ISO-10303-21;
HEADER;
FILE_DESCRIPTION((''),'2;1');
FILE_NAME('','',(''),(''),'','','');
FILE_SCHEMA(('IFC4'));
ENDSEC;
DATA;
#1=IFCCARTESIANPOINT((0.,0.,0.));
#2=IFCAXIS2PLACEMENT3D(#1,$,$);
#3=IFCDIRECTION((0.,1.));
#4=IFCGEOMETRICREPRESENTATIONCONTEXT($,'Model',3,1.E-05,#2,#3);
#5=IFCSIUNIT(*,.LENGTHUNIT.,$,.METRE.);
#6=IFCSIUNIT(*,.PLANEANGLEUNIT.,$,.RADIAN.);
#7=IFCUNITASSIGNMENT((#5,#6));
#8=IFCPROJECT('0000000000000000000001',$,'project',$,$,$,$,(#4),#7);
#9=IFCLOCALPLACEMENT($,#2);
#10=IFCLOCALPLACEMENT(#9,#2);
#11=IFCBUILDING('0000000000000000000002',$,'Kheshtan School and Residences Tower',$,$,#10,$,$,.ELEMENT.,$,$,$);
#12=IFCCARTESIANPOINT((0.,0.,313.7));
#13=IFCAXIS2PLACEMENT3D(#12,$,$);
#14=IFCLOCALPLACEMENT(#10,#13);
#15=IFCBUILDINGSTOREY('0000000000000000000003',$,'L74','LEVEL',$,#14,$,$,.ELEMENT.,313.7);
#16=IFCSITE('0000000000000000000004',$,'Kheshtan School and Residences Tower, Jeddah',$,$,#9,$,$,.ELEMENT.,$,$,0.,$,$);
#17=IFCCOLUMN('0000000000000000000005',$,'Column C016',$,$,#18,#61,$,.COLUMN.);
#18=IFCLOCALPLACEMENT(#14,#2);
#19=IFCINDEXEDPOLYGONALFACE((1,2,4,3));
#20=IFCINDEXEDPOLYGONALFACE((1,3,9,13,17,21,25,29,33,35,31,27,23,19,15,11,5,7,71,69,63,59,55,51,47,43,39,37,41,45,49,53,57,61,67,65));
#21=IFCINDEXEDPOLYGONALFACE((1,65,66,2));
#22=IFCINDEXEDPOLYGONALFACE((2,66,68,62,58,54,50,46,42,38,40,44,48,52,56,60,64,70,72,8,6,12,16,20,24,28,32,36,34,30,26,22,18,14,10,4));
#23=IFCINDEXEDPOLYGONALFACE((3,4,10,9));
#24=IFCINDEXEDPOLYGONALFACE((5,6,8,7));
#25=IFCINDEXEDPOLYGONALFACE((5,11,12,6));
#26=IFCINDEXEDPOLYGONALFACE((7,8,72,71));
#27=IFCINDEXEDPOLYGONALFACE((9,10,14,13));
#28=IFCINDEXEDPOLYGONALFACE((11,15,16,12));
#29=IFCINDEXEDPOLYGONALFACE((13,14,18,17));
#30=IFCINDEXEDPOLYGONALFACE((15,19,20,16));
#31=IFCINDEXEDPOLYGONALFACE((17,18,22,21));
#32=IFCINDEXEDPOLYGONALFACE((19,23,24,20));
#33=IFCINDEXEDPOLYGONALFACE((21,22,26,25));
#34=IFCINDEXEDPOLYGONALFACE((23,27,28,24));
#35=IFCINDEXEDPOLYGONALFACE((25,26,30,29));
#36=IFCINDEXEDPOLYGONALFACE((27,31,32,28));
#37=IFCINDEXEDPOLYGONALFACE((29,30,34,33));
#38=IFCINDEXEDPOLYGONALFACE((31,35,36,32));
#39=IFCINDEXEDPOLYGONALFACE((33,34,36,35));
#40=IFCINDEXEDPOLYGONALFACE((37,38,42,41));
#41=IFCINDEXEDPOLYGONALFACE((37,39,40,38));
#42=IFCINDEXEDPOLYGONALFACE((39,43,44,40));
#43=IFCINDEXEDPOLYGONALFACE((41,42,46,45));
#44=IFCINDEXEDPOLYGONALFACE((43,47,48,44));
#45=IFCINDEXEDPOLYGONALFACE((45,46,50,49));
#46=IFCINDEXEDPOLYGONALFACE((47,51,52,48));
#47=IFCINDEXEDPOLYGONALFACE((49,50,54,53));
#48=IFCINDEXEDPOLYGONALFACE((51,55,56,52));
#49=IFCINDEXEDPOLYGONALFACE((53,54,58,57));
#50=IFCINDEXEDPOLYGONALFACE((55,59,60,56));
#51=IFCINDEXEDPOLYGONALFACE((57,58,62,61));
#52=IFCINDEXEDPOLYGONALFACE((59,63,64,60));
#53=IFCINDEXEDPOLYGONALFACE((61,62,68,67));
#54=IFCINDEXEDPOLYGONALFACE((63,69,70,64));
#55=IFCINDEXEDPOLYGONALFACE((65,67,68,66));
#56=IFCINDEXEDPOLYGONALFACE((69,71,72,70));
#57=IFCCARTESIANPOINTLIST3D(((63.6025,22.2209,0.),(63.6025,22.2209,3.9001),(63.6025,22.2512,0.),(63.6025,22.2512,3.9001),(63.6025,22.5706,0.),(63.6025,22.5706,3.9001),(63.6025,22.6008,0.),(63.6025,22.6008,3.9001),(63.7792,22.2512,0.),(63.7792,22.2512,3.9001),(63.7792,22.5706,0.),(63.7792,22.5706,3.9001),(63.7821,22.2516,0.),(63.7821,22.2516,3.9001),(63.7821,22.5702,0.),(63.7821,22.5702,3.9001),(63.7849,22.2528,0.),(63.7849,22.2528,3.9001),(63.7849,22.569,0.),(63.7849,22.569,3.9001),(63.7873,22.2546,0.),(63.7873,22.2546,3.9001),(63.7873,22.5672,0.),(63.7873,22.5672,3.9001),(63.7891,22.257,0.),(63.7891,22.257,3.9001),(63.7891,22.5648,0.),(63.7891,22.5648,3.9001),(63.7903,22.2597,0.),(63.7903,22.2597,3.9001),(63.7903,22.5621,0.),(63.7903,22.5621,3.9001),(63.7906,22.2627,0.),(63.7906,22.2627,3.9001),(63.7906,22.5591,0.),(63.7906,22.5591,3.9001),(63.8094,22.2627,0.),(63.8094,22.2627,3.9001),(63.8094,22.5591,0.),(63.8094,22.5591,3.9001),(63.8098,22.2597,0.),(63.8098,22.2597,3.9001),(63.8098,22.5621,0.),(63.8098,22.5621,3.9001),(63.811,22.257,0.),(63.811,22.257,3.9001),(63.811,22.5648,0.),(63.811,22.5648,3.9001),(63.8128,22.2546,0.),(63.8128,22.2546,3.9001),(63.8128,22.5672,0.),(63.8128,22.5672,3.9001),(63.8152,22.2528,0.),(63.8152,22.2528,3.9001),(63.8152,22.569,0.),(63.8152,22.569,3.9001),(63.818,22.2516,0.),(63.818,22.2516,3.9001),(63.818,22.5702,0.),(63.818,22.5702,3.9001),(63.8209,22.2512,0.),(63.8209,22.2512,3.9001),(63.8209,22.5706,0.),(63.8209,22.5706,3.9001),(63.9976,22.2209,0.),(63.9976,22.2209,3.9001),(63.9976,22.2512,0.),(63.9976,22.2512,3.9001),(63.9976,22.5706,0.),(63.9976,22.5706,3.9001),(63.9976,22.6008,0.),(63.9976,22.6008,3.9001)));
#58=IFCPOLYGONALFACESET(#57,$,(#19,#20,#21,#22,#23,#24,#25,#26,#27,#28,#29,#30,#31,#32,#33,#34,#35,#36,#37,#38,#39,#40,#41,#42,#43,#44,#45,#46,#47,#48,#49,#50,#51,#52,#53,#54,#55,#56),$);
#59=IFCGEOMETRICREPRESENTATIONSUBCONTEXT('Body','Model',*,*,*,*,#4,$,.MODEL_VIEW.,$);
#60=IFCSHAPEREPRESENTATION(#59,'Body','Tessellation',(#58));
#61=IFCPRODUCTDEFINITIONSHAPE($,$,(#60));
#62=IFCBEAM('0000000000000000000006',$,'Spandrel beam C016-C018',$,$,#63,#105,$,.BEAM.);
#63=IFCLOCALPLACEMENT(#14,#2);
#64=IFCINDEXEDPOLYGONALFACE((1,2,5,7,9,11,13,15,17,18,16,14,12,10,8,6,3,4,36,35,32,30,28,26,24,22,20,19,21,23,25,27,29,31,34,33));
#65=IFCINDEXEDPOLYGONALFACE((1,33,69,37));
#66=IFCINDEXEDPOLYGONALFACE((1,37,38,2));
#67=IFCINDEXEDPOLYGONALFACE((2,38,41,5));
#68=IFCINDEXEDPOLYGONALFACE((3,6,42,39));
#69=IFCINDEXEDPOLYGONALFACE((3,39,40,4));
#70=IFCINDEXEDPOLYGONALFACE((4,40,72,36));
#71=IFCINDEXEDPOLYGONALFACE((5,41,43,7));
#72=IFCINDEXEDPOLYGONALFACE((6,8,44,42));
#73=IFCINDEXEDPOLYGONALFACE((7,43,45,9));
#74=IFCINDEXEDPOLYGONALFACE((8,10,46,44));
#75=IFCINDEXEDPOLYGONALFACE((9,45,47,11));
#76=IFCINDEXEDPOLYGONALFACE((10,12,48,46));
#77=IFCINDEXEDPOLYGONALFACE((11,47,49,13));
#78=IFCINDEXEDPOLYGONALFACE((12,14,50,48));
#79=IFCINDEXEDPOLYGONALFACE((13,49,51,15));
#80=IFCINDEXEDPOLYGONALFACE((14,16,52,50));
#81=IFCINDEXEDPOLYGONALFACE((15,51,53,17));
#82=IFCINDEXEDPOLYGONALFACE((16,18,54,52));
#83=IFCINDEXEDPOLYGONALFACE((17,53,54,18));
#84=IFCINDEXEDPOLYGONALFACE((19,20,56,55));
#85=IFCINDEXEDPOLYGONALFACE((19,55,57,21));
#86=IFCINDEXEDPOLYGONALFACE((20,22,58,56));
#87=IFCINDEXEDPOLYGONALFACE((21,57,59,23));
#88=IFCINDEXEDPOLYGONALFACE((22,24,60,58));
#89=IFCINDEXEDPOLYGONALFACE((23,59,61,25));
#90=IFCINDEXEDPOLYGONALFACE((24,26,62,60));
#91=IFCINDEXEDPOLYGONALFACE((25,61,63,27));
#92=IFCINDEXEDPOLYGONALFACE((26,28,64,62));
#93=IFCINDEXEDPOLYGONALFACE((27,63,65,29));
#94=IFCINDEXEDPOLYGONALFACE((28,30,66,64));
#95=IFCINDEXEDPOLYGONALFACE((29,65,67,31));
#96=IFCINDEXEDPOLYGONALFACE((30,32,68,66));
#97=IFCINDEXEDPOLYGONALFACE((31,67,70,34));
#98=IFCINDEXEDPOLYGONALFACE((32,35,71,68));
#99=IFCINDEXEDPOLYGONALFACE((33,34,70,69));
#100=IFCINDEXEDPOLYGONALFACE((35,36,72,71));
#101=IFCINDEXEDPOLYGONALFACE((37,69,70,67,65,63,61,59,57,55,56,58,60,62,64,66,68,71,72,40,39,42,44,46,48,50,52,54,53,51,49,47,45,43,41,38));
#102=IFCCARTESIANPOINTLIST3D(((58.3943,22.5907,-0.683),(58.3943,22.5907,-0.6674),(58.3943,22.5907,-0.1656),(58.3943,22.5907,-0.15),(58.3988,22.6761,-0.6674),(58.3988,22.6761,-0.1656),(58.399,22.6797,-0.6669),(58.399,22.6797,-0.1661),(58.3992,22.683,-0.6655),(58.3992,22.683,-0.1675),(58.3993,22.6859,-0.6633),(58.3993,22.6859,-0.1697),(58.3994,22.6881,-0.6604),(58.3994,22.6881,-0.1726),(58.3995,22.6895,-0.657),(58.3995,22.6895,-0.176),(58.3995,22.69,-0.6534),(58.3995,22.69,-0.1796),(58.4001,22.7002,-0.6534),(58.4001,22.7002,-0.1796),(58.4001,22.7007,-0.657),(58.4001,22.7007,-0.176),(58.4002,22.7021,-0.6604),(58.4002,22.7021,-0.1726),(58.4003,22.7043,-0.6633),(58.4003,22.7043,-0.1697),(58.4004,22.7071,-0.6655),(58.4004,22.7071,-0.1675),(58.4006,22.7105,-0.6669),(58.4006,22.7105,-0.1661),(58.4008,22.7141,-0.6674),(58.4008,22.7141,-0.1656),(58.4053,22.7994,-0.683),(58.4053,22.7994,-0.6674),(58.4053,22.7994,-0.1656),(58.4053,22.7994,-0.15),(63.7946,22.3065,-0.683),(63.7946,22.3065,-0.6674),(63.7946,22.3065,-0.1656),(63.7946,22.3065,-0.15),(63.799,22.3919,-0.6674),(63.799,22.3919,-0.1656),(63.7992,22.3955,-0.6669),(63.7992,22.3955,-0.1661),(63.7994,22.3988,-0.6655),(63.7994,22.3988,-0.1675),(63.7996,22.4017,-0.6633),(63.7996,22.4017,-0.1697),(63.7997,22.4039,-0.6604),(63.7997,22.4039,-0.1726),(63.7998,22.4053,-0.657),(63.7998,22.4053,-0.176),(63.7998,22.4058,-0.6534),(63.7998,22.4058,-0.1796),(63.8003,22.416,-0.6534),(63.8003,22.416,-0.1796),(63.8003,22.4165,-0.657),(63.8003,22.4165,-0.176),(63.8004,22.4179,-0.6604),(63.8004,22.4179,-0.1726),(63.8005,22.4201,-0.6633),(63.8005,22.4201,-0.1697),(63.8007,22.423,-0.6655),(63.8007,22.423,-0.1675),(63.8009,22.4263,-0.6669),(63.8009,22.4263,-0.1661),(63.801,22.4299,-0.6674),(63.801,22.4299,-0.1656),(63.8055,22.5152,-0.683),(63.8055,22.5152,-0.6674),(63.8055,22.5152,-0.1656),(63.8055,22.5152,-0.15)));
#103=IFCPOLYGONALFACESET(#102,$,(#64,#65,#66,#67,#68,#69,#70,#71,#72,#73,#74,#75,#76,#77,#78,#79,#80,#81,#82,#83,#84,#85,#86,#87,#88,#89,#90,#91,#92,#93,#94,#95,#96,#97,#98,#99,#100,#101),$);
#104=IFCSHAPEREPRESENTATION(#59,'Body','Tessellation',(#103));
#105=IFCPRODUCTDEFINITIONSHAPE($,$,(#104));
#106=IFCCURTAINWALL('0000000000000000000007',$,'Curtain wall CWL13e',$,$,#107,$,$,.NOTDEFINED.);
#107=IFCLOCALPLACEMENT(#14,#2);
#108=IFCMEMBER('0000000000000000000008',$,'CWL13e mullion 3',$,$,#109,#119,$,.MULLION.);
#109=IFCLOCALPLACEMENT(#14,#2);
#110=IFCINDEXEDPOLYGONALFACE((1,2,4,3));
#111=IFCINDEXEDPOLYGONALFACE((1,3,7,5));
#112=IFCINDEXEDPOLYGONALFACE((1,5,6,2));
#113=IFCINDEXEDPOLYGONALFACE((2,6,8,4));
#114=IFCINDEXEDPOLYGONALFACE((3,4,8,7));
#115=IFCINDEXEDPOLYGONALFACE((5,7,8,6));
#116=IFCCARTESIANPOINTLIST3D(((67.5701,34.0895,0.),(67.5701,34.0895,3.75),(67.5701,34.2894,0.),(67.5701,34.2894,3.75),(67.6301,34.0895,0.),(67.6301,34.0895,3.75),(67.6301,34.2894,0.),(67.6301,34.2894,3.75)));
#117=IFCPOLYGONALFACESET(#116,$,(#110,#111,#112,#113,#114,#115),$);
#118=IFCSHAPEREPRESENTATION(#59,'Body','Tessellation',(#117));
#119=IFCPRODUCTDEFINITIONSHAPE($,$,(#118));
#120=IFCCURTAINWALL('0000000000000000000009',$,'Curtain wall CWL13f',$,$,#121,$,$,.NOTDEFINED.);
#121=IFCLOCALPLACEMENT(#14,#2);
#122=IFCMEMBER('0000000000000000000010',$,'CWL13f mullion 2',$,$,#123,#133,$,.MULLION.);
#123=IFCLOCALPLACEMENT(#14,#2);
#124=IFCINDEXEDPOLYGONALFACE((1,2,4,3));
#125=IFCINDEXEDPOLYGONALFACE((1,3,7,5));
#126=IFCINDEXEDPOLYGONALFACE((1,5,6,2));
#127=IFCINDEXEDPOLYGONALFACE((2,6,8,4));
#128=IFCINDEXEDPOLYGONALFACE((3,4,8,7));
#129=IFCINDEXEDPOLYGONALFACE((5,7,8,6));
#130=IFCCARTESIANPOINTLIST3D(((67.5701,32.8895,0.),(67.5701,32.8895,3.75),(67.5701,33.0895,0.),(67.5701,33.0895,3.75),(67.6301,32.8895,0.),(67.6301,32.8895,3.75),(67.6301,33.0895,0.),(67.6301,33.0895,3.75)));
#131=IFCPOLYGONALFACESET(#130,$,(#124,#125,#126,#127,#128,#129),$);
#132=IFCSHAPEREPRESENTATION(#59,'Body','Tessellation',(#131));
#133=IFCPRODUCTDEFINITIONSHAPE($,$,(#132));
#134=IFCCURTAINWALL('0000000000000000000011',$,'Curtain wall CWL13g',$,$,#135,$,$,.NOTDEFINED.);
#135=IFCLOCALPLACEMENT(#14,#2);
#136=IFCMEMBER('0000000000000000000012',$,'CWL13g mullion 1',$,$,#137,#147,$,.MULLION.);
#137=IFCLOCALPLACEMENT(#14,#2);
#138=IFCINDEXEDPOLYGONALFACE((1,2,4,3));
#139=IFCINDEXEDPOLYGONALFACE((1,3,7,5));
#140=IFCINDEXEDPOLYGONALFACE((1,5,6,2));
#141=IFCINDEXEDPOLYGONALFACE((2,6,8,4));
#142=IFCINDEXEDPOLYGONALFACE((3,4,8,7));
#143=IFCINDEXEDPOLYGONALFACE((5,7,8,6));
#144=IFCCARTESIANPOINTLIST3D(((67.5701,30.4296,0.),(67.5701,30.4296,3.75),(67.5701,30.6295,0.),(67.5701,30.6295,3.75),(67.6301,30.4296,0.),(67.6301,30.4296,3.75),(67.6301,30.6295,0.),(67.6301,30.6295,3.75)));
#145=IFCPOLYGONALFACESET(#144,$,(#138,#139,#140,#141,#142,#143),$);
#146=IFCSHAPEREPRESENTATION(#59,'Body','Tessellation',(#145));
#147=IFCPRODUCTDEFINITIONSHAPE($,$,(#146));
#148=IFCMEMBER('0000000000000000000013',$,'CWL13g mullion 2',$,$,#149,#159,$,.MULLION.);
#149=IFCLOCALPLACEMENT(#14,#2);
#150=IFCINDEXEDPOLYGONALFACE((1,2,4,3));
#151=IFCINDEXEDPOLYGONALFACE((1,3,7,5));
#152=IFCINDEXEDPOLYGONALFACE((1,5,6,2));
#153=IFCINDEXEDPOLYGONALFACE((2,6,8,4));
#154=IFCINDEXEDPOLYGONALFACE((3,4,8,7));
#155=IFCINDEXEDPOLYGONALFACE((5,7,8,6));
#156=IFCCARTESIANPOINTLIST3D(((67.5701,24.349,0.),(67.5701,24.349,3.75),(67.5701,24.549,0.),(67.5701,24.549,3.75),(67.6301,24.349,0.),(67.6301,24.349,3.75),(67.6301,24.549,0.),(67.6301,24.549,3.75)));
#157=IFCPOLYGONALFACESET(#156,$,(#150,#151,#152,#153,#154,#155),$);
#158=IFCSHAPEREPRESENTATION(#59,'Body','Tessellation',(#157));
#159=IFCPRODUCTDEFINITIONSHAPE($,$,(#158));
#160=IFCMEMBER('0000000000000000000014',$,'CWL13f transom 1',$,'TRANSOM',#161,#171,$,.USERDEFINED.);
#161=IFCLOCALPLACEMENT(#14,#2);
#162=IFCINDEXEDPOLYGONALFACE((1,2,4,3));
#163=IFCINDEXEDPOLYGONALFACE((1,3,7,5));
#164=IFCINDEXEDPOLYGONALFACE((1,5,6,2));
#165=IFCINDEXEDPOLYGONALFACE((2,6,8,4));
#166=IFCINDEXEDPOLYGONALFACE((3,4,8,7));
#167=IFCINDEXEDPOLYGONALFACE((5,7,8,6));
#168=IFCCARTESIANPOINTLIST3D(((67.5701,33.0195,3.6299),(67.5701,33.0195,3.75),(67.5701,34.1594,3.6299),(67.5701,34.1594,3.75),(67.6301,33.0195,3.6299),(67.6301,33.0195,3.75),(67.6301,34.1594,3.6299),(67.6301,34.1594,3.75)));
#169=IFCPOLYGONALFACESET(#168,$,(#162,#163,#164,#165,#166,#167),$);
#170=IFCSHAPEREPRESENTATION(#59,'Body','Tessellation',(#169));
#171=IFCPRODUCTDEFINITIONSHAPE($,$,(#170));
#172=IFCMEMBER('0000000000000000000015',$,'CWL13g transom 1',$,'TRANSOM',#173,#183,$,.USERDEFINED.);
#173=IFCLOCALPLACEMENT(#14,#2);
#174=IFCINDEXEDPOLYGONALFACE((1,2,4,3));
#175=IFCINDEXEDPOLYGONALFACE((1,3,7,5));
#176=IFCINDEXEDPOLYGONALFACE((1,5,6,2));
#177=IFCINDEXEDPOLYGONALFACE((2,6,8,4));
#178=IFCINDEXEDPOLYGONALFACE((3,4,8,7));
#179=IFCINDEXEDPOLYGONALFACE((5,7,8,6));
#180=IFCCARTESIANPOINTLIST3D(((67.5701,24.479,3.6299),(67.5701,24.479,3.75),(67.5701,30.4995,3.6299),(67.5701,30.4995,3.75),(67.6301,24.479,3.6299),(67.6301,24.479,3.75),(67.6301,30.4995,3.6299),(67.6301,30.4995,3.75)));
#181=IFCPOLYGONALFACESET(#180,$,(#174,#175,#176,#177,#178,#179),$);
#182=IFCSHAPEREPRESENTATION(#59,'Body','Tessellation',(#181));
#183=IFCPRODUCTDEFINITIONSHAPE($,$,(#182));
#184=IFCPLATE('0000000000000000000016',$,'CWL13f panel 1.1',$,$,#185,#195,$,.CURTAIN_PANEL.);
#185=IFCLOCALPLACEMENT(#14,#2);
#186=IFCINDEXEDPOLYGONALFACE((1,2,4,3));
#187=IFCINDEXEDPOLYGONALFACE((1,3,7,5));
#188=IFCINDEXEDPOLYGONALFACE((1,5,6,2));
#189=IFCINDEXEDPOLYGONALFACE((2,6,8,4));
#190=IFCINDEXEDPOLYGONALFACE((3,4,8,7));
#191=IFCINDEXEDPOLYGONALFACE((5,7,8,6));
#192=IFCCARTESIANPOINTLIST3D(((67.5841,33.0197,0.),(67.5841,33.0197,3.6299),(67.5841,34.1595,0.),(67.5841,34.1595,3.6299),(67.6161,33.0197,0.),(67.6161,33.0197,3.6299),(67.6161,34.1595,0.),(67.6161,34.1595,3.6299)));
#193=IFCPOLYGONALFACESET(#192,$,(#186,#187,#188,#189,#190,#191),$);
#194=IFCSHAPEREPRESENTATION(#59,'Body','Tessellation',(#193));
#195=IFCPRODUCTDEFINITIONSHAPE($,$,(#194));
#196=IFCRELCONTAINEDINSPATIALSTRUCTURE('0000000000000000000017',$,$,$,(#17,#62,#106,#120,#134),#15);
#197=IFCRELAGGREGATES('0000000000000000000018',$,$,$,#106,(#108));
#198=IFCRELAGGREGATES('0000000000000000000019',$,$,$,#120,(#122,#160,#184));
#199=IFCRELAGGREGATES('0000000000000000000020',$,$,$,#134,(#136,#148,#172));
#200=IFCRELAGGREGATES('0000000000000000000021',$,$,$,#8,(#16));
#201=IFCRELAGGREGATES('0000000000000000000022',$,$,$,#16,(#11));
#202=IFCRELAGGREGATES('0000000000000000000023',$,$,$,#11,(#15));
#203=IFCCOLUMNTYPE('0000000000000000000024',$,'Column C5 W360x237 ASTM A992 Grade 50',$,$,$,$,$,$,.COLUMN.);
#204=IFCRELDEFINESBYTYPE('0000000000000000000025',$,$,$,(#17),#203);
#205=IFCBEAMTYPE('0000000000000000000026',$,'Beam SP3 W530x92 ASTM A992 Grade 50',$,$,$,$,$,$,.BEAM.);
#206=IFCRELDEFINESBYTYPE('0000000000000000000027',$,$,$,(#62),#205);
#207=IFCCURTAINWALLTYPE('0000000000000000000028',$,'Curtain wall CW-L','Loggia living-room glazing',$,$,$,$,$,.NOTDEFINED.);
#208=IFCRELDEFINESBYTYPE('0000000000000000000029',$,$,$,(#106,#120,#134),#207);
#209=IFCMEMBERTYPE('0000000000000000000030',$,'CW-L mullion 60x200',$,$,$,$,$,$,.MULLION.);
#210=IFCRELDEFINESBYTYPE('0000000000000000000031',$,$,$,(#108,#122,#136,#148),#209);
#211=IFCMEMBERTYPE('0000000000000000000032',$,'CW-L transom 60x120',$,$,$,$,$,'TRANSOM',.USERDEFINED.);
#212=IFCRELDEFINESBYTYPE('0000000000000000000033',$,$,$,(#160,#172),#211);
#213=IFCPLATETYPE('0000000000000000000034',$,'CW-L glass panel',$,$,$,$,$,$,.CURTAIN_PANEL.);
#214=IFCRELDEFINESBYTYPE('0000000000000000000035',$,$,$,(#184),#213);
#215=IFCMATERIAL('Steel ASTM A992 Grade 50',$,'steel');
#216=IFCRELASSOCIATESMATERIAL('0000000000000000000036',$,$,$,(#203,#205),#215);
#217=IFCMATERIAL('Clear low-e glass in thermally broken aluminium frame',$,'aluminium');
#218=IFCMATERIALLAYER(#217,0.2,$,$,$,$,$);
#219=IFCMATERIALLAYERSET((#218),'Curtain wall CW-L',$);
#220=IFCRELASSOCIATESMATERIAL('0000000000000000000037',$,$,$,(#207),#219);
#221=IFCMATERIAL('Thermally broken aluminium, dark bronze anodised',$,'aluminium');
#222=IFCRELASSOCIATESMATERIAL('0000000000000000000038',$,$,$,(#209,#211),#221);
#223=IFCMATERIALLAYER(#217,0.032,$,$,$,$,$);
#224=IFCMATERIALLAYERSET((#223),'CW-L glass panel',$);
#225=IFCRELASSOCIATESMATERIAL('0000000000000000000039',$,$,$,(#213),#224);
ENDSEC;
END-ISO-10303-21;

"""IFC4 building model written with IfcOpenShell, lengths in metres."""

from ifc_helpers import new_model, si_unit, direction, frame, origin, origin_2d, place, context, subcontext, project, spatial, rectangle, i_section, extrude, material, layer, layer_set, material_profile, profile_set, type_object, element, aggregate, save


model = new_model("IFC4")

# Units and contexts
model_context = context("Model", 3, precision=1e-05, world=origin(), true_north=direction((0.0, 1.0)))
body_context = subcontext(model_context, "Body", "Model", "MODEL_VIEW")
ifc_project = project(units=[si_unit("LENGTHUNIT", "METRE"), si_unit("PLANEANGLEUNIT", "RADIAN")], contexts=[model_context])

# Site, building, storey
site_placement = place(None, origin())
site = spatial("IfcSite", under=ifc_project, at=site_placement, Name="Kheshtan School and Residences Tower, Jeddah", CompositionType="ELEMENT", RefElevation=0.0)
building_placement = place(site_placement, origin())
building = spatial("IfcBuilding", under=site, at=building_placement, Name="Kheshtan School and Residences Tower", CompositionType="ELEMENT")
storey_placement = place(building_placement, frame((0.0, 0.0, 313.7)))
storey = spatial("IfcBuildingStorey", under=building, at=storey_placement, Name="L74", Description="LEVEL", CompositionType="ELEMENT", Elevation=313.7)

# Column
ifc_material_1 = material(Name="Steel ASTM A992 Grade 50", Category="steel")
ifc_material_profile_1 = material_profile(ifc_material_1, i_section(OverallWidth=0.395, OverallDepth=0.3799, WebThickness=0.0188, FlangeThickness=0.0303, FilletRadius=0.0115, at=origin_2d()), Name="W360x237")
ifc_profile_set_1 = profile_set([ifc_material_profile_1], Name="Steel ASTM A992 Grade 50")
column_type = type_object("IfcColumnType", Name="Column C5 W360x237 ASTM A992 Grade 50", PredefinedType="COLUMN", material=ifc_profile_set_1)
column_placement = place(storey_placement, frame((63.8, 22.4109, 0.0), z_axis=(0.0, 0.0, 1.0), x_axis=(1.0, 0.0, 0.0)))
element("IfcColumn", 1, at=column_placement, inside=storey, type_object=column_type, Name="Column C016", PredefinedType="COLUMN", context=body_context, shape_type="SweptSolid", body=[
    extrude(i_section(OverallWidth=0.395, OverallDepth=0.3799, WebThickness=0.0188, FlangeThickness=0.0303, FilletRadius=0.0115, at=origin_2d()), origin(), (0.0, 0.0, 1.0), 3.9001),
])

# Beam
ifc_material_profile_2 = material_profile(ifc_material_1, i_section(OverallWidth=0.209, OverallDepth=0.533, WebThickness=0.0103, FlangeThickness=0.0156, FilletRadius=0.0139, at=origin_2d()), Name="W530x92")
ifc_profile_set_2 = profile_set([ifc_material_profile_2], Name="Steel ASTM A992 Grade 50")
beam_type = type_object("IfcBeamType", Name="Beam SP3 W530x92 ASTM A992 Grade 50", PredefinedType="BEAM", material=ifc_profile_set_2)
beam_placement = place(storey_placement, frame((63.8, 22.4109, -0.4165), z_axis=(-0.998618, 0.052552, 0.0), x_axis=(-0.052552, -0.998618, 0.0)))
element("IfcBeam", 2, at=beam_placement, inside=storey, type_object=beam_type, Name="Spandrel beam C016-C018", PredefinedType="BEAM", context=body_context, shape_type="SweptSolid", body=[
    extrude(i_section(OverallWidth=0.209, OverallDepth=0.533, WebThickness=0.0103, FlangeThickness=0.0156, FilletRadius=0.0139, at=origin_2d()), origin(), (0.0, 0.0, 1.0), 5.4077),
])

# Curtain walls, members
ifc_material_2 = material(Name="Clear low-e glass in thermally broken aluminium frame", Category="aluminium")
ifc_layer_1 = layer(ifc_material_2, 0.2)
ifc_layer_set_1 = layer_set([ifc_layer_1], Name="Curtain wall CW-L")
curtain_wall_type = type_object("IfcCurtainWallType", Name="Curtain wall CW-L", Description="Loggia living-room glazing", PredefinedType="NOTDEFINED", material=ifc_layer_set_1)
curtain_wall_1_placement = place(storey_placement, origin())
curtain_wall_1 = element("IfcCurtainWall", 3, at=curtain_wall_1_placement, inside=storey, type_object=curtain_wall_type, Name="Curtain wall CWL13e", PredefinedType="NOTDEFINED")
ifc_material_3 = material(Name="Thermally broken aluminium, dark bronze anodised", Category="aluminium")
ifc_material_profile_3 = material_profile(ifc_material_3, rectangle(XDim=0.0601, YDim=0.2, at=origin_2d()), Name="CW-L mullion 60x200")
ifc_profile_set_3 = profile_set([ifc_material_profile_3], Name="Thermally broken aluminium, dark bronze anodised")
member_type_1 = type_object("IfcMemberType", Name="CW-L mullion 60x200", PredefinedType="MULLION", material=ifc_profile_set_3)
member_1_placement = place(storey_placement, frame((67.6001, 34.1895, 0.0), z_axis=(0.0, 0.0, 1.0), x_axis=(1.0, 0.0, 0.0)))
member_1 = element("IfcMember", 4, at=member_1_placement, type_object=member_type_1, Name="CWL13e mullion 3", PredefinedType="MULLION", context=body_context, shape_type="SweptSolid", body=[
    extrude(rectangle(XDim=0.0601, YDim=0.2, at=origin_2d()), origin(), (0.0, 0.0, 1.0), 3.75),
])
aggregate(curtain_wall_1, [member_1])
curtain_wall_2_placement = place(storey_placement, origin())
curtain_wall_2 = element("IfcCurtainWall", 5, at=curtain_wall_2_placement, inside=storey, type_object=curtain_wall_type, Name="Curtain wall CWL13f", PredefinedType="NOTDEFINED")
member_2_placement = place(storey_placement, frame((67.6001, 32.9895, 0.0), z_axis=(0.0, 0.0, 1.0), x_axis=(1.0, 0.0, 0.0)))
member_2 = element("IfcMember", 6, at=member_2_placement, type_object=member_type_1, Name="CWL13f mullion 2", PredefinedType="MULLION", context=body_context, shape_type="SweptSolid", body=[
    extrude(rectangle(XDim=0.0601, YDim=0.2, at=origin_2d()), origin(), (0.0, 0.0, 1.0), 3.75),
])

# Curtain wall, members
curtain_wall_3_placement = place(storey_placement, origin())
curtain_wall_3 = element("IfcCurtainWall", 7, at=curtain_wall_3_placement, inside=storey, type_object=curtain_wall_type, Name="Curtain wall CWL13g", PredefinedType="NOTDEFINED")
member_3_placement = place(storey_placement, frame((67.6001, 30.5295, 0.0), z_axis=(0.0, 0.0, 1.0), x_axis=(1.0, 0.0, 0.0)))
member_3 = element("IfcMember", 8, at=member_3_placement, type_object=member_type_1, Name="CWL13g mullion 1", PredefinedType="MULLION", context=body_context, shape_type="SweptSolid", body=[
    extrude(rectangle(XDim=0.0601, YDim=0.2, at=origin_2d()), origin(), (0.0, 0.0, 1.0), 3.75),
])
member_4_placement = place(storey_placement, frame((67.6001, 24.449, 0.0), z_axis=(0.0, 0.0, 1.0), x_axis=(1.0, 0.0, 0.0)))
member_4 = element("IfcMember", 9, at=member_4_placement, type_object=member_type_1, Name="CWL13g mullion 2", PredefinedType="MULLION", context=body_context, shape_type="SweptSolid", body=[
    extrude(rectangle(XDim=0.0601, YDim=0.2, at=origin_2d()), origin(), (0.0, 0.0, 1.0), 3.75),
])

# Members
ifc_material_profile_4 = material_profile(ifc_material_3, rectangle(XDim=0.0601, YDim=0.1201, at=origin_2d()), Name="CW-L transom 60x120")
ifc_profile_set_4 = profile_set([ifc_material_profile_4], Name="Thermally broken aluminium, dark bronze anodised")
member_type_2 = type_object("IfcMemberType", Name="CW-L transom 60x120", ElementType="TRANSOM", PredefinedType="USERDEFINED", material=ifc_profile_set_4)
member_5_placement = place(storey_placement, frame((67.6001, 34.1594, 3.6899), z_axis=(0.0, -1.0, 0.0), x_axis=(1.0, 0.0, 0.0)))
member_5 = element("IfcMember", 10, at=member_5_placement, type_object=member_type_2, Name="CWL13f transom 1", ObjectType="TRANSOM", PredefinedType="USERDEFINED", context=body_context, shape_type="SweptSolid", body=[
    extrude(rectangle(XDim=0.0601, YDim=0.1201, at=origin_2d()), origin(), (0.0, 0.0, 1.0), 1.1399),
])
member_6_placement = place(storey_placement, frame((67.6001, 30.4995, 3.6899), z_axis=(0.0, -1.0, 0.0), x_axis=(1.0, 0.0, 0.0)))
member_6 = element("IfcMember", 11, at=member_6_placement, type_object=member_type_2, Name="CWL13g transom 1", ObjectType="TRANSOM", PredefinedType="USERDEFINED", context=body_context, shape_type="SweptSolid", body=[
    extrude(rectangle(XDim=0.0601, YDim=0.1201, at=origin_2d()), origin(), (0.0, 0.0, 1.0), 6.0205),
])

# Plate
ifc_layer_2 = layer(ifc_material_2, 0.032)
ifc_layer_set_2 = layer_set([ifc_layer_2], Name="CW-L glass panel")
plate_type = type_object("IfcPlateType", Name="CW-L glass panel", PredefinedType="CURTAIN_PANEL", material=ifc_layer_set_2)
plate_1_placement = place(storey_placement, frame((67.6001, 33.5896, 0.0), z_axis=(0.0, 0.0, 1.0), x_axis=(0.0, -1.0, 0.0)))
plate_1 = element("IfcPlate", 12, at=plate_1_placement, type_object=plate_type, Name="CWL13f panel 1.1", PredefinedType="CURTAIN_PANEL", context=body_context, shape_type="SweptSolid", body=[
    extrude(rectangle(XDim=1.1399, YDim=0.032, at=origin_2d()), origin(), (0.0, 0.0, 1.0), 3.6299),
])
aggregate(curtain_wall_2, [member_2, member_5, plate_1])
aggregate(curtain_wall_3, [member_3, member_4, member_6])

save(model, "model.ifc")
